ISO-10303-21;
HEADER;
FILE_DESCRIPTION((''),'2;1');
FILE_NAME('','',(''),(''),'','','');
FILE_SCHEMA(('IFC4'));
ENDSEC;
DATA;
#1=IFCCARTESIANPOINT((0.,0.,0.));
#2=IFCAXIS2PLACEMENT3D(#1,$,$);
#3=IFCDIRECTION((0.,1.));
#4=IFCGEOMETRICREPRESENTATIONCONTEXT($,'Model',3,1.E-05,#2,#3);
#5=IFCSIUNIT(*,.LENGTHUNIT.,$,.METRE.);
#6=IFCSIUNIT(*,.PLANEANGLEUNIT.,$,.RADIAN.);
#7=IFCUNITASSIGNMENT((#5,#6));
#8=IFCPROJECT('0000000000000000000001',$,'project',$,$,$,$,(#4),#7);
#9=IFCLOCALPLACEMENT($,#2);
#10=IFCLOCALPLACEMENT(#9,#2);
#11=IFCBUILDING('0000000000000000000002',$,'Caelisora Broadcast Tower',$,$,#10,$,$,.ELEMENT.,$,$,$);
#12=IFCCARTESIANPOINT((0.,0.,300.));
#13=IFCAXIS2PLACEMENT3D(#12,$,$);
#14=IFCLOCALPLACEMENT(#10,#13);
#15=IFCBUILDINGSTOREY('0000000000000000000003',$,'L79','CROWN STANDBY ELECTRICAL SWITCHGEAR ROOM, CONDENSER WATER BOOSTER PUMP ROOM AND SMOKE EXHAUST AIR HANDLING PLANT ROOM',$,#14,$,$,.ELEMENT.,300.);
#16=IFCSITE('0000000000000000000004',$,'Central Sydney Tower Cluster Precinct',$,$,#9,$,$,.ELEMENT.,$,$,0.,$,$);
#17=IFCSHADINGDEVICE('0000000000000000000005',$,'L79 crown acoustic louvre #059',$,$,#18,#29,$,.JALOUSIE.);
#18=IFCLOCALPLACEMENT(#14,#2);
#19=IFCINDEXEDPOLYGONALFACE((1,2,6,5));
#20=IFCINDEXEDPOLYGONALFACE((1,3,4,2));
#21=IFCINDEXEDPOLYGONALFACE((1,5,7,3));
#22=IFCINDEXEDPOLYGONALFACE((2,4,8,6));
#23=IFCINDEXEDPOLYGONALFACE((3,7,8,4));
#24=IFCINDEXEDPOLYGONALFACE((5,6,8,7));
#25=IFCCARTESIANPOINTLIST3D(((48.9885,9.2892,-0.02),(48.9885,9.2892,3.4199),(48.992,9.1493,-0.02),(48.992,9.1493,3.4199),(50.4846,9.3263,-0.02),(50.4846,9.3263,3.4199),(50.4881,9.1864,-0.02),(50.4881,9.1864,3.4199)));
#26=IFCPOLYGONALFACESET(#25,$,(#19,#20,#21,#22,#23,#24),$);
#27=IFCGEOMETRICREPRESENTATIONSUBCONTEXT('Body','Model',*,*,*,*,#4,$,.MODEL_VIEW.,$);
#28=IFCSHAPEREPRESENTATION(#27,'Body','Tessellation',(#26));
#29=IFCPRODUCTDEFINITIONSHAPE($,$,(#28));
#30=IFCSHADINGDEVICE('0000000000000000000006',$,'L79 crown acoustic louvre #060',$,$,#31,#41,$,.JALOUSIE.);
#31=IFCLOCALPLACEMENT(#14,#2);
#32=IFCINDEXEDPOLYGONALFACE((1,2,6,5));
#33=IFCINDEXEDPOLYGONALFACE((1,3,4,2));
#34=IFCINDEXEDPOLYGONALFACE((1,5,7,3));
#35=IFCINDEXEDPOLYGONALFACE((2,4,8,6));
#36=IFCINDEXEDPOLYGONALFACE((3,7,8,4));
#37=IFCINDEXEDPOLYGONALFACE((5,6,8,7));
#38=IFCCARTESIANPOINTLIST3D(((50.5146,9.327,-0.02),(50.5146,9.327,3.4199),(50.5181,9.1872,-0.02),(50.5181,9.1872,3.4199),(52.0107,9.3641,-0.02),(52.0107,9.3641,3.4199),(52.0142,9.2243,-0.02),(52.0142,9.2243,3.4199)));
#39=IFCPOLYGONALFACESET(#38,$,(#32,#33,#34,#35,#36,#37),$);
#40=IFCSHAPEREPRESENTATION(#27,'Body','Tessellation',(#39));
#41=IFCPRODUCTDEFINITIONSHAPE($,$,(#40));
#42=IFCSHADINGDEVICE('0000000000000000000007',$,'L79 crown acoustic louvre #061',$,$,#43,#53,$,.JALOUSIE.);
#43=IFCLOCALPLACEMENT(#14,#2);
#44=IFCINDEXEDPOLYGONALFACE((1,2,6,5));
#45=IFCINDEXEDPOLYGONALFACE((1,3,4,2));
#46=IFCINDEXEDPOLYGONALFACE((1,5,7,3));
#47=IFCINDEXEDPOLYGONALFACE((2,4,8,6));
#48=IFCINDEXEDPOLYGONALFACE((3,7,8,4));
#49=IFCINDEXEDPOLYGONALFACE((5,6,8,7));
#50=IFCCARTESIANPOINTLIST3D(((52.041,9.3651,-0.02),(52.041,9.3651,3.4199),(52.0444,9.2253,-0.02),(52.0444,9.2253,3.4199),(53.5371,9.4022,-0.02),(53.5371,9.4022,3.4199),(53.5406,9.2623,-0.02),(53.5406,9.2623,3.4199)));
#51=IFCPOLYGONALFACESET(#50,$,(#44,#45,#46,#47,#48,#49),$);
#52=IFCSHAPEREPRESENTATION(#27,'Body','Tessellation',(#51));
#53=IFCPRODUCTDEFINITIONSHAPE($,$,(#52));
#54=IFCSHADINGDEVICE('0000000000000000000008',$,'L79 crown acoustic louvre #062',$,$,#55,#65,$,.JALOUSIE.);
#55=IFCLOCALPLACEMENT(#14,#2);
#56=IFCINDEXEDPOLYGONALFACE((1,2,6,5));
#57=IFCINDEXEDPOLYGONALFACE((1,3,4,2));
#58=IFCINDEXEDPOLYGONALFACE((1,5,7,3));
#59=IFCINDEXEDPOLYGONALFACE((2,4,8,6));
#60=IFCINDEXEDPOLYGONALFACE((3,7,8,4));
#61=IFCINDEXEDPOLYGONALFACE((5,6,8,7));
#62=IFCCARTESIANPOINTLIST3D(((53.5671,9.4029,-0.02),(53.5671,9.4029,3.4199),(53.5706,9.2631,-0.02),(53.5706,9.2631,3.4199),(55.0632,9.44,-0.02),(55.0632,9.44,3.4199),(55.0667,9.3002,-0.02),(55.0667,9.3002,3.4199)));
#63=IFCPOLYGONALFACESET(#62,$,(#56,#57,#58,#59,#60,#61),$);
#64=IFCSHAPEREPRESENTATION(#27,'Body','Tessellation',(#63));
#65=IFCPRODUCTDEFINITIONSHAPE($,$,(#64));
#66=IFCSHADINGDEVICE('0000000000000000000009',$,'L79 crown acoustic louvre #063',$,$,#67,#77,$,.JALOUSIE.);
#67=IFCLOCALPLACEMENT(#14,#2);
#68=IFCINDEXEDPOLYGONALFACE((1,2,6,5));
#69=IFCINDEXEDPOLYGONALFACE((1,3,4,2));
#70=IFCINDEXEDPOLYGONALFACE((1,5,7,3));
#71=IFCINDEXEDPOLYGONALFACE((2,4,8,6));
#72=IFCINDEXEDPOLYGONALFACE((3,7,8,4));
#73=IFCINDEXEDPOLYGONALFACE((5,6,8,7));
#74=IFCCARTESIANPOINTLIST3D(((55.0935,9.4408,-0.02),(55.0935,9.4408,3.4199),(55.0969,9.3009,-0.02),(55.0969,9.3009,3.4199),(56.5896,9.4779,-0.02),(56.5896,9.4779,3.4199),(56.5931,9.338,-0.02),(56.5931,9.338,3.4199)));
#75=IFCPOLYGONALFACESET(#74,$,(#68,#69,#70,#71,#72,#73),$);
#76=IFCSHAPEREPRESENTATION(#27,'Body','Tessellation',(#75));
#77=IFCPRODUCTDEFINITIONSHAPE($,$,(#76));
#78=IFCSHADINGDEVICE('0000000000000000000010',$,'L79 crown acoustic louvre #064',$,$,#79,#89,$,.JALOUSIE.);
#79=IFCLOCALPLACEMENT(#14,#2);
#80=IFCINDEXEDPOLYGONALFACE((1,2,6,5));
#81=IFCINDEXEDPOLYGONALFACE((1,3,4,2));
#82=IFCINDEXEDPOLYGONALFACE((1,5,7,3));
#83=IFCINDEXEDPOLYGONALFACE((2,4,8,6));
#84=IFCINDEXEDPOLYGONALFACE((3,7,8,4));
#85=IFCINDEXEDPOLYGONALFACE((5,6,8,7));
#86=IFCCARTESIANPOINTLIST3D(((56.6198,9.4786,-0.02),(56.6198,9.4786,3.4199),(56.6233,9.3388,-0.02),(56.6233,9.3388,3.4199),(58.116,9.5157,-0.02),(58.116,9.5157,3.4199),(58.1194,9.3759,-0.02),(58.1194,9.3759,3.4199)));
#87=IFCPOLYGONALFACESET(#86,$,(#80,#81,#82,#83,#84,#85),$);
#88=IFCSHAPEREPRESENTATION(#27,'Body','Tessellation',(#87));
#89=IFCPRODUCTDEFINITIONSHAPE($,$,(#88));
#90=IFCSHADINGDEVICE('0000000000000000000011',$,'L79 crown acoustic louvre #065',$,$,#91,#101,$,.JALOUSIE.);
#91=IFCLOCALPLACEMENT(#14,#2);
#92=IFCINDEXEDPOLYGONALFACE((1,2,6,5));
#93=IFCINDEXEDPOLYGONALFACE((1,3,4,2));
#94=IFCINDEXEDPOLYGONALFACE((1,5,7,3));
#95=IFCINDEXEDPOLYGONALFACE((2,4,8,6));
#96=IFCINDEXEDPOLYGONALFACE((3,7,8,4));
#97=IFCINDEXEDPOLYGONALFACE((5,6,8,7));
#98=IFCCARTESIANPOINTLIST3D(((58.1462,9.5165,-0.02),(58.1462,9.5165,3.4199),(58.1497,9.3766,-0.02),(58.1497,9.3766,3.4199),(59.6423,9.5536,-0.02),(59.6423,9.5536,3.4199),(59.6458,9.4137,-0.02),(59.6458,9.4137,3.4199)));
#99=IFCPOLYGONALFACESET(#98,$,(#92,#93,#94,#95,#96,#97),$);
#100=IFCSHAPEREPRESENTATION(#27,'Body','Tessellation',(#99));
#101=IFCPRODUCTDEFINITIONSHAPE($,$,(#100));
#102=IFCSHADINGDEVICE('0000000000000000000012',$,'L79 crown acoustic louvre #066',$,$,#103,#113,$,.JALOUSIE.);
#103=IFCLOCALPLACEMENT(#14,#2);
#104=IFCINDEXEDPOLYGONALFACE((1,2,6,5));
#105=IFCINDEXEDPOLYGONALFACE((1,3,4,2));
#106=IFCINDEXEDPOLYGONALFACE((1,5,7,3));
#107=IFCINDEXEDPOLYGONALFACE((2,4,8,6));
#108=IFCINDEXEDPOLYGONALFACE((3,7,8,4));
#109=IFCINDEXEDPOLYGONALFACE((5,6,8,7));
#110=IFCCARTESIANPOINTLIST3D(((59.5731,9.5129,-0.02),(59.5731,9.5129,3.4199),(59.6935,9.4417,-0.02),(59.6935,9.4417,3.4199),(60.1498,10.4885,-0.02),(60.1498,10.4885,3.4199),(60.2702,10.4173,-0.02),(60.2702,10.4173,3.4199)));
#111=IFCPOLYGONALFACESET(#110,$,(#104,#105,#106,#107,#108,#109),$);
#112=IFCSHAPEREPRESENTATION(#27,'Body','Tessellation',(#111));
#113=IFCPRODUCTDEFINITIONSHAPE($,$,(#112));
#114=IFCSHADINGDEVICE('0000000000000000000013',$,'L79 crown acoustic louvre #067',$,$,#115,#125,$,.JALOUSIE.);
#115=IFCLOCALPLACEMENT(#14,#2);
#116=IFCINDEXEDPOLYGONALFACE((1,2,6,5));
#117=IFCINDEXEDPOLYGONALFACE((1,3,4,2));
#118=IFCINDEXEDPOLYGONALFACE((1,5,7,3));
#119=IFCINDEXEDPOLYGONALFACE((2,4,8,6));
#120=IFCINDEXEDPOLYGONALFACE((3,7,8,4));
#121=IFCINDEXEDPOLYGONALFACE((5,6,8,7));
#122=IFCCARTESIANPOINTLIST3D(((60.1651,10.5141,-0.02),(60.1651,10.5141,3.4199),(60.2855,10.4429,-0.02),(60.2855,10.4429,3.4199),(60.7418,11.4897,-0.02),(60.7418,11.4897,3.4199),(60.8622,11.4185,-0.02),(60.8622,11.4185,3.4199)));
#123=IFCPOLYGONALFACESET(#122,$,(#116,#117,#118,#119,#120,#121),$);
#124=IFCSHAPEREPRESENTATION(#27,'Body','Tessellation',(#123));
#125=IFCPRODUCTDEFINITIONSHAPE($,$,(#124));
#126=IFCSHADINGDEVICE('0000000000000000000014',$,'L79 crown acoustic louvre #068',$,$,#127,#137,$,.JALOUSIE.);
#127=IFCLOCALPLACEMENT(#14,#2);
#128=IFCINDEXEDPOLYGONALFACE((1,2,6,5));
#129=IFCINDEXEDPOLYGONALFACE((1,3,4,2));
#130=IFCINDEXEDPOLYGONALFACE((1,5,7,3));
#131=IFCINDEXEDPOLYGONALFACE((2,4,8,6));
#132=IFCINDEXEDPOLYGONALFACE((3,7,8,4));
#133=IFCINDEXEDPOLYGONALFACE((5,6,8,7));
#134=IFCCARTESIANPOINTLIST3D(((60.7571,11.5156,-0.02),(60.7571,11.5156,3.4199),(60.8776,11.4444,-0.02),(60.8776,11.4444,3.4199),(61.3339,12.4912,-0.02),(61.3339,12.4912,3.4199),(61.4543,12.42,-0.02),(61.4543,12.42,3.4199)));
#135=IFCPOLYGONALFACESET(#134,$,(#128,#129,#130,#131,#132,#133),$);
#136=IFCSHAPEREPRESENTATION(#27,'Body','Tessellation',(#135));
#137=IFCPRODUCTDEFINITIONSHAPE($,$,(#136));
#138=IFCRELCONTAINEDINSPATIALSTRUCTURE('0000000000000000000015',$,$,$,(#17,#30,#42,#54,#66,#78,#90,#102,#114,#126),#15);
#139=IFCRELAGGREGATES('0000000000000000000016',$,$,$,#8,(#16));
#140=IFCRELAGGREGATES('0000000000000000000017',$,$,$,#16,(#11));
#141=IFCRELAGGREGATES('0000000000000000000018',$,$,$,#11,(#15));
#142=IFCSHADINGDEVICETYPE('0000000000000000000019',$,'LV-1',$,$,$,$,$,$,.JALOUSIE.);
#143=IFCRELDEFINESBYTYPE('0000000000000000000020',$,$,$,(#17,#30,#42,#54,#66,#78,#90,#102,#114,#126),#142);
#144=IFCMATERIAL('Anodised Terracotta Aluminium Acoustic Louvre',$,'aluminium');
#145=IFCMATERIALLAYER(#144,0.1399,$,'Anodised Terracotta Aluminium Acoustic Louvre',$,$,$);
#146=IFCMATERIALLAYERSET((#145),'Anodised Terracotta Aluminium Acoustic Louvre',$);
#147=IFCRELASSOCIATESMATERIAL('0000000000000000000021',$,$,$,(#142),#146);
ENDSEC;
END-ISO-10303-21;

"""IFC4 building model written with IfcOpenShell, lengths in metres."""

from ifc_helpers import new_model, si_unit, direction, frame, origin, origin_2d, place, context, subcontext, project, spatial, rectangle, extrude, source, transform, mapped, material, layer, layer_set, type_object, element, save


model = new_model("IFC4")

# Units and contexts
model_context = context("Model", 3, precision=1e-05, world=origin(), true_north=direction((0.0, 1.0)))
body_context = subcontext(model_context, "Body", "Model", "MODEL_VIEW")
ifc_project = project(units=[si_unit("LENGTHUNIT", "METRE"), si_unit("PLANEANGLEUNIT", "RADIAN")], contexts=[model_context])

# Site, building, storey
site_placement = place(None, origin())
site = spatial("IfcSite", under=ifc_project, at=site_placement, Name="Central Sydney Tower Cluster Precinct", CompositionType="ELEMENT", RefElevation=0.0)
building_placement = place(site_placement, origin())
building = spatial("IfcBuilding", under=site, at=building_placement, Name="Caelisora Broadcast Tower", CompositionType="ELEMENT")
storey_placement = place(building_placement, frame((0.0, 0.0, 300.0)))
storey = spatial("IfcBuildingStorey", under=building, at=storey_placement, Name="L79", Description="CROWN STANDBY ELECTRICAL SWITCHGEAR ROOM, CONDENSER WATER BOOSTER PUMP ROOM AND SMOKE EXHAUST AIR HANDLING PLANT ROOM", CompositionType="ELEMENT", Elevation=300.0)

# Shading devices
ifc_material_1 = material(Name="Anodised Terracotta Aluminium Acoustic Louvre", Category="aluminium")
ifc_layer_1 = layer(ifc_material_1, 0.1399, Name="Anodised Terracotta Aluminium Acoustic Louvre")
ifc_layer_set_1 = layer_set([ifc_layer_1], Name="Anodised Terracotta Aluminium Acoustic Louvre")
shading_device_type = type_object("IfcShadingDeviceType", Name="LV-1", PredefinedType="JALOUSIE", material=ifc_layer_set_1)
shared_shape_1 = source(origin(), body_context, "Body", "SweptSolid", [
    extrude(rectangle(XDim=1.4966, YDim=0.1399, at=origin_2d()), origin(), (0.0, 0.0, 1.0), 3.4399),
])
for number, where, z_axis, x_axis, name in (
    (1, (49.7383, 9.2378, -0.02), (0.0, 0.0, 1.0), (0.999693, 0.024781, 0.0), "L79 crown acoustic louvre #059"),
    (2, (51.2644, 9.2756, -0.02), (0.0, 0.0, 1.0), (0.999693, 0.024781, 0.0), "L79 crown acoustic louvre #060"),
    (3, (52.7908, 9.3137, -0.02), (0.0, 0.0, 1.0), (0.999693, 0.024781, 0.0), "L79 crown acoustic louvre #061"),
    (4, (54.3169, 9.3516, -0.02), (0.0, 0.0, 1.0), (0.999693, 0.024781, 0.0), "L79 crown acoustic louvre #062"),
    (5, (55.8433, 9.3894, -0.02), (0.0, 0.0, 1.0), (0.999693, 0.024781, 0.0), "L79 crown acoustic louvre #063"),
    (6, (57.3696, 9.4272, -0.02), (0.0, 0.0, 1.0), (0.999693, 0.024781, 0.0), "L79 crown acoustic louvre #064"),
    (7, (58.896, 9.4651, -0.02), (0.0, 0.0, 1.0), (0.999693, 0.024781, 0.0), "L79 crown acoustic louvre #065"),
):
    element("IfcShadingDevice", number, at=place(storey_placement, frame(where, z_axis=z_axis, x_axis=x_axis)), inside=storey, type_object=shading_device_type, Name=name, PredefinedType="JALOUSIE", context=body_context, shape_type="MappedRepresentation", body=[
        mapped(shared_shape_1, transform((0.0, 0.0, 0.0), scale=1.0)),
    ])
shared_shape_2 = source(origin(), body_context, "Body", "SweptSolid", [
    extrude(rectangle(XDim=1.1333, YDim=0.1399, at=origin_2d()), origin(), (0.0, 0.0, 1.0), 3.4399),
])
for number, where, z_axis, x_axis, name in (
    (8, (59.9216, 9.9651, -0.02), (0.0, 0.0, 1.0), (0.508891, 0.860831, 0.0), "L79 crown acoustic louvre #066"),
    (9, (60.5137, 10.9663, -0.02), (0.0, 0.0, 1.0), (0.508891, 0.860831, 0.0), "L79 crown acoustic louvre #067"),
    (10, (61.1057, 11.9678, -0.02), (0.0, 0.0, 1.0), (0.508891, 0.860831, 0.0), "L79 crown acoustic louvre #068"),
):
    element("IfcShadingDevice", number, at=place(storey_placement, frame(where, z_axis=z_axis, x_axis=x_axis)), inside=storey, type_object=shading_device_type, Name=name, PredefinedType="JALOUSIE", context=body_context, shape_type="MappedRepresentation", body=[
        mapped(shared_shape_2, transform((0.0, 0.0, 0.0), scale=1.0)),
    ])

save(model, "model.ifc")
